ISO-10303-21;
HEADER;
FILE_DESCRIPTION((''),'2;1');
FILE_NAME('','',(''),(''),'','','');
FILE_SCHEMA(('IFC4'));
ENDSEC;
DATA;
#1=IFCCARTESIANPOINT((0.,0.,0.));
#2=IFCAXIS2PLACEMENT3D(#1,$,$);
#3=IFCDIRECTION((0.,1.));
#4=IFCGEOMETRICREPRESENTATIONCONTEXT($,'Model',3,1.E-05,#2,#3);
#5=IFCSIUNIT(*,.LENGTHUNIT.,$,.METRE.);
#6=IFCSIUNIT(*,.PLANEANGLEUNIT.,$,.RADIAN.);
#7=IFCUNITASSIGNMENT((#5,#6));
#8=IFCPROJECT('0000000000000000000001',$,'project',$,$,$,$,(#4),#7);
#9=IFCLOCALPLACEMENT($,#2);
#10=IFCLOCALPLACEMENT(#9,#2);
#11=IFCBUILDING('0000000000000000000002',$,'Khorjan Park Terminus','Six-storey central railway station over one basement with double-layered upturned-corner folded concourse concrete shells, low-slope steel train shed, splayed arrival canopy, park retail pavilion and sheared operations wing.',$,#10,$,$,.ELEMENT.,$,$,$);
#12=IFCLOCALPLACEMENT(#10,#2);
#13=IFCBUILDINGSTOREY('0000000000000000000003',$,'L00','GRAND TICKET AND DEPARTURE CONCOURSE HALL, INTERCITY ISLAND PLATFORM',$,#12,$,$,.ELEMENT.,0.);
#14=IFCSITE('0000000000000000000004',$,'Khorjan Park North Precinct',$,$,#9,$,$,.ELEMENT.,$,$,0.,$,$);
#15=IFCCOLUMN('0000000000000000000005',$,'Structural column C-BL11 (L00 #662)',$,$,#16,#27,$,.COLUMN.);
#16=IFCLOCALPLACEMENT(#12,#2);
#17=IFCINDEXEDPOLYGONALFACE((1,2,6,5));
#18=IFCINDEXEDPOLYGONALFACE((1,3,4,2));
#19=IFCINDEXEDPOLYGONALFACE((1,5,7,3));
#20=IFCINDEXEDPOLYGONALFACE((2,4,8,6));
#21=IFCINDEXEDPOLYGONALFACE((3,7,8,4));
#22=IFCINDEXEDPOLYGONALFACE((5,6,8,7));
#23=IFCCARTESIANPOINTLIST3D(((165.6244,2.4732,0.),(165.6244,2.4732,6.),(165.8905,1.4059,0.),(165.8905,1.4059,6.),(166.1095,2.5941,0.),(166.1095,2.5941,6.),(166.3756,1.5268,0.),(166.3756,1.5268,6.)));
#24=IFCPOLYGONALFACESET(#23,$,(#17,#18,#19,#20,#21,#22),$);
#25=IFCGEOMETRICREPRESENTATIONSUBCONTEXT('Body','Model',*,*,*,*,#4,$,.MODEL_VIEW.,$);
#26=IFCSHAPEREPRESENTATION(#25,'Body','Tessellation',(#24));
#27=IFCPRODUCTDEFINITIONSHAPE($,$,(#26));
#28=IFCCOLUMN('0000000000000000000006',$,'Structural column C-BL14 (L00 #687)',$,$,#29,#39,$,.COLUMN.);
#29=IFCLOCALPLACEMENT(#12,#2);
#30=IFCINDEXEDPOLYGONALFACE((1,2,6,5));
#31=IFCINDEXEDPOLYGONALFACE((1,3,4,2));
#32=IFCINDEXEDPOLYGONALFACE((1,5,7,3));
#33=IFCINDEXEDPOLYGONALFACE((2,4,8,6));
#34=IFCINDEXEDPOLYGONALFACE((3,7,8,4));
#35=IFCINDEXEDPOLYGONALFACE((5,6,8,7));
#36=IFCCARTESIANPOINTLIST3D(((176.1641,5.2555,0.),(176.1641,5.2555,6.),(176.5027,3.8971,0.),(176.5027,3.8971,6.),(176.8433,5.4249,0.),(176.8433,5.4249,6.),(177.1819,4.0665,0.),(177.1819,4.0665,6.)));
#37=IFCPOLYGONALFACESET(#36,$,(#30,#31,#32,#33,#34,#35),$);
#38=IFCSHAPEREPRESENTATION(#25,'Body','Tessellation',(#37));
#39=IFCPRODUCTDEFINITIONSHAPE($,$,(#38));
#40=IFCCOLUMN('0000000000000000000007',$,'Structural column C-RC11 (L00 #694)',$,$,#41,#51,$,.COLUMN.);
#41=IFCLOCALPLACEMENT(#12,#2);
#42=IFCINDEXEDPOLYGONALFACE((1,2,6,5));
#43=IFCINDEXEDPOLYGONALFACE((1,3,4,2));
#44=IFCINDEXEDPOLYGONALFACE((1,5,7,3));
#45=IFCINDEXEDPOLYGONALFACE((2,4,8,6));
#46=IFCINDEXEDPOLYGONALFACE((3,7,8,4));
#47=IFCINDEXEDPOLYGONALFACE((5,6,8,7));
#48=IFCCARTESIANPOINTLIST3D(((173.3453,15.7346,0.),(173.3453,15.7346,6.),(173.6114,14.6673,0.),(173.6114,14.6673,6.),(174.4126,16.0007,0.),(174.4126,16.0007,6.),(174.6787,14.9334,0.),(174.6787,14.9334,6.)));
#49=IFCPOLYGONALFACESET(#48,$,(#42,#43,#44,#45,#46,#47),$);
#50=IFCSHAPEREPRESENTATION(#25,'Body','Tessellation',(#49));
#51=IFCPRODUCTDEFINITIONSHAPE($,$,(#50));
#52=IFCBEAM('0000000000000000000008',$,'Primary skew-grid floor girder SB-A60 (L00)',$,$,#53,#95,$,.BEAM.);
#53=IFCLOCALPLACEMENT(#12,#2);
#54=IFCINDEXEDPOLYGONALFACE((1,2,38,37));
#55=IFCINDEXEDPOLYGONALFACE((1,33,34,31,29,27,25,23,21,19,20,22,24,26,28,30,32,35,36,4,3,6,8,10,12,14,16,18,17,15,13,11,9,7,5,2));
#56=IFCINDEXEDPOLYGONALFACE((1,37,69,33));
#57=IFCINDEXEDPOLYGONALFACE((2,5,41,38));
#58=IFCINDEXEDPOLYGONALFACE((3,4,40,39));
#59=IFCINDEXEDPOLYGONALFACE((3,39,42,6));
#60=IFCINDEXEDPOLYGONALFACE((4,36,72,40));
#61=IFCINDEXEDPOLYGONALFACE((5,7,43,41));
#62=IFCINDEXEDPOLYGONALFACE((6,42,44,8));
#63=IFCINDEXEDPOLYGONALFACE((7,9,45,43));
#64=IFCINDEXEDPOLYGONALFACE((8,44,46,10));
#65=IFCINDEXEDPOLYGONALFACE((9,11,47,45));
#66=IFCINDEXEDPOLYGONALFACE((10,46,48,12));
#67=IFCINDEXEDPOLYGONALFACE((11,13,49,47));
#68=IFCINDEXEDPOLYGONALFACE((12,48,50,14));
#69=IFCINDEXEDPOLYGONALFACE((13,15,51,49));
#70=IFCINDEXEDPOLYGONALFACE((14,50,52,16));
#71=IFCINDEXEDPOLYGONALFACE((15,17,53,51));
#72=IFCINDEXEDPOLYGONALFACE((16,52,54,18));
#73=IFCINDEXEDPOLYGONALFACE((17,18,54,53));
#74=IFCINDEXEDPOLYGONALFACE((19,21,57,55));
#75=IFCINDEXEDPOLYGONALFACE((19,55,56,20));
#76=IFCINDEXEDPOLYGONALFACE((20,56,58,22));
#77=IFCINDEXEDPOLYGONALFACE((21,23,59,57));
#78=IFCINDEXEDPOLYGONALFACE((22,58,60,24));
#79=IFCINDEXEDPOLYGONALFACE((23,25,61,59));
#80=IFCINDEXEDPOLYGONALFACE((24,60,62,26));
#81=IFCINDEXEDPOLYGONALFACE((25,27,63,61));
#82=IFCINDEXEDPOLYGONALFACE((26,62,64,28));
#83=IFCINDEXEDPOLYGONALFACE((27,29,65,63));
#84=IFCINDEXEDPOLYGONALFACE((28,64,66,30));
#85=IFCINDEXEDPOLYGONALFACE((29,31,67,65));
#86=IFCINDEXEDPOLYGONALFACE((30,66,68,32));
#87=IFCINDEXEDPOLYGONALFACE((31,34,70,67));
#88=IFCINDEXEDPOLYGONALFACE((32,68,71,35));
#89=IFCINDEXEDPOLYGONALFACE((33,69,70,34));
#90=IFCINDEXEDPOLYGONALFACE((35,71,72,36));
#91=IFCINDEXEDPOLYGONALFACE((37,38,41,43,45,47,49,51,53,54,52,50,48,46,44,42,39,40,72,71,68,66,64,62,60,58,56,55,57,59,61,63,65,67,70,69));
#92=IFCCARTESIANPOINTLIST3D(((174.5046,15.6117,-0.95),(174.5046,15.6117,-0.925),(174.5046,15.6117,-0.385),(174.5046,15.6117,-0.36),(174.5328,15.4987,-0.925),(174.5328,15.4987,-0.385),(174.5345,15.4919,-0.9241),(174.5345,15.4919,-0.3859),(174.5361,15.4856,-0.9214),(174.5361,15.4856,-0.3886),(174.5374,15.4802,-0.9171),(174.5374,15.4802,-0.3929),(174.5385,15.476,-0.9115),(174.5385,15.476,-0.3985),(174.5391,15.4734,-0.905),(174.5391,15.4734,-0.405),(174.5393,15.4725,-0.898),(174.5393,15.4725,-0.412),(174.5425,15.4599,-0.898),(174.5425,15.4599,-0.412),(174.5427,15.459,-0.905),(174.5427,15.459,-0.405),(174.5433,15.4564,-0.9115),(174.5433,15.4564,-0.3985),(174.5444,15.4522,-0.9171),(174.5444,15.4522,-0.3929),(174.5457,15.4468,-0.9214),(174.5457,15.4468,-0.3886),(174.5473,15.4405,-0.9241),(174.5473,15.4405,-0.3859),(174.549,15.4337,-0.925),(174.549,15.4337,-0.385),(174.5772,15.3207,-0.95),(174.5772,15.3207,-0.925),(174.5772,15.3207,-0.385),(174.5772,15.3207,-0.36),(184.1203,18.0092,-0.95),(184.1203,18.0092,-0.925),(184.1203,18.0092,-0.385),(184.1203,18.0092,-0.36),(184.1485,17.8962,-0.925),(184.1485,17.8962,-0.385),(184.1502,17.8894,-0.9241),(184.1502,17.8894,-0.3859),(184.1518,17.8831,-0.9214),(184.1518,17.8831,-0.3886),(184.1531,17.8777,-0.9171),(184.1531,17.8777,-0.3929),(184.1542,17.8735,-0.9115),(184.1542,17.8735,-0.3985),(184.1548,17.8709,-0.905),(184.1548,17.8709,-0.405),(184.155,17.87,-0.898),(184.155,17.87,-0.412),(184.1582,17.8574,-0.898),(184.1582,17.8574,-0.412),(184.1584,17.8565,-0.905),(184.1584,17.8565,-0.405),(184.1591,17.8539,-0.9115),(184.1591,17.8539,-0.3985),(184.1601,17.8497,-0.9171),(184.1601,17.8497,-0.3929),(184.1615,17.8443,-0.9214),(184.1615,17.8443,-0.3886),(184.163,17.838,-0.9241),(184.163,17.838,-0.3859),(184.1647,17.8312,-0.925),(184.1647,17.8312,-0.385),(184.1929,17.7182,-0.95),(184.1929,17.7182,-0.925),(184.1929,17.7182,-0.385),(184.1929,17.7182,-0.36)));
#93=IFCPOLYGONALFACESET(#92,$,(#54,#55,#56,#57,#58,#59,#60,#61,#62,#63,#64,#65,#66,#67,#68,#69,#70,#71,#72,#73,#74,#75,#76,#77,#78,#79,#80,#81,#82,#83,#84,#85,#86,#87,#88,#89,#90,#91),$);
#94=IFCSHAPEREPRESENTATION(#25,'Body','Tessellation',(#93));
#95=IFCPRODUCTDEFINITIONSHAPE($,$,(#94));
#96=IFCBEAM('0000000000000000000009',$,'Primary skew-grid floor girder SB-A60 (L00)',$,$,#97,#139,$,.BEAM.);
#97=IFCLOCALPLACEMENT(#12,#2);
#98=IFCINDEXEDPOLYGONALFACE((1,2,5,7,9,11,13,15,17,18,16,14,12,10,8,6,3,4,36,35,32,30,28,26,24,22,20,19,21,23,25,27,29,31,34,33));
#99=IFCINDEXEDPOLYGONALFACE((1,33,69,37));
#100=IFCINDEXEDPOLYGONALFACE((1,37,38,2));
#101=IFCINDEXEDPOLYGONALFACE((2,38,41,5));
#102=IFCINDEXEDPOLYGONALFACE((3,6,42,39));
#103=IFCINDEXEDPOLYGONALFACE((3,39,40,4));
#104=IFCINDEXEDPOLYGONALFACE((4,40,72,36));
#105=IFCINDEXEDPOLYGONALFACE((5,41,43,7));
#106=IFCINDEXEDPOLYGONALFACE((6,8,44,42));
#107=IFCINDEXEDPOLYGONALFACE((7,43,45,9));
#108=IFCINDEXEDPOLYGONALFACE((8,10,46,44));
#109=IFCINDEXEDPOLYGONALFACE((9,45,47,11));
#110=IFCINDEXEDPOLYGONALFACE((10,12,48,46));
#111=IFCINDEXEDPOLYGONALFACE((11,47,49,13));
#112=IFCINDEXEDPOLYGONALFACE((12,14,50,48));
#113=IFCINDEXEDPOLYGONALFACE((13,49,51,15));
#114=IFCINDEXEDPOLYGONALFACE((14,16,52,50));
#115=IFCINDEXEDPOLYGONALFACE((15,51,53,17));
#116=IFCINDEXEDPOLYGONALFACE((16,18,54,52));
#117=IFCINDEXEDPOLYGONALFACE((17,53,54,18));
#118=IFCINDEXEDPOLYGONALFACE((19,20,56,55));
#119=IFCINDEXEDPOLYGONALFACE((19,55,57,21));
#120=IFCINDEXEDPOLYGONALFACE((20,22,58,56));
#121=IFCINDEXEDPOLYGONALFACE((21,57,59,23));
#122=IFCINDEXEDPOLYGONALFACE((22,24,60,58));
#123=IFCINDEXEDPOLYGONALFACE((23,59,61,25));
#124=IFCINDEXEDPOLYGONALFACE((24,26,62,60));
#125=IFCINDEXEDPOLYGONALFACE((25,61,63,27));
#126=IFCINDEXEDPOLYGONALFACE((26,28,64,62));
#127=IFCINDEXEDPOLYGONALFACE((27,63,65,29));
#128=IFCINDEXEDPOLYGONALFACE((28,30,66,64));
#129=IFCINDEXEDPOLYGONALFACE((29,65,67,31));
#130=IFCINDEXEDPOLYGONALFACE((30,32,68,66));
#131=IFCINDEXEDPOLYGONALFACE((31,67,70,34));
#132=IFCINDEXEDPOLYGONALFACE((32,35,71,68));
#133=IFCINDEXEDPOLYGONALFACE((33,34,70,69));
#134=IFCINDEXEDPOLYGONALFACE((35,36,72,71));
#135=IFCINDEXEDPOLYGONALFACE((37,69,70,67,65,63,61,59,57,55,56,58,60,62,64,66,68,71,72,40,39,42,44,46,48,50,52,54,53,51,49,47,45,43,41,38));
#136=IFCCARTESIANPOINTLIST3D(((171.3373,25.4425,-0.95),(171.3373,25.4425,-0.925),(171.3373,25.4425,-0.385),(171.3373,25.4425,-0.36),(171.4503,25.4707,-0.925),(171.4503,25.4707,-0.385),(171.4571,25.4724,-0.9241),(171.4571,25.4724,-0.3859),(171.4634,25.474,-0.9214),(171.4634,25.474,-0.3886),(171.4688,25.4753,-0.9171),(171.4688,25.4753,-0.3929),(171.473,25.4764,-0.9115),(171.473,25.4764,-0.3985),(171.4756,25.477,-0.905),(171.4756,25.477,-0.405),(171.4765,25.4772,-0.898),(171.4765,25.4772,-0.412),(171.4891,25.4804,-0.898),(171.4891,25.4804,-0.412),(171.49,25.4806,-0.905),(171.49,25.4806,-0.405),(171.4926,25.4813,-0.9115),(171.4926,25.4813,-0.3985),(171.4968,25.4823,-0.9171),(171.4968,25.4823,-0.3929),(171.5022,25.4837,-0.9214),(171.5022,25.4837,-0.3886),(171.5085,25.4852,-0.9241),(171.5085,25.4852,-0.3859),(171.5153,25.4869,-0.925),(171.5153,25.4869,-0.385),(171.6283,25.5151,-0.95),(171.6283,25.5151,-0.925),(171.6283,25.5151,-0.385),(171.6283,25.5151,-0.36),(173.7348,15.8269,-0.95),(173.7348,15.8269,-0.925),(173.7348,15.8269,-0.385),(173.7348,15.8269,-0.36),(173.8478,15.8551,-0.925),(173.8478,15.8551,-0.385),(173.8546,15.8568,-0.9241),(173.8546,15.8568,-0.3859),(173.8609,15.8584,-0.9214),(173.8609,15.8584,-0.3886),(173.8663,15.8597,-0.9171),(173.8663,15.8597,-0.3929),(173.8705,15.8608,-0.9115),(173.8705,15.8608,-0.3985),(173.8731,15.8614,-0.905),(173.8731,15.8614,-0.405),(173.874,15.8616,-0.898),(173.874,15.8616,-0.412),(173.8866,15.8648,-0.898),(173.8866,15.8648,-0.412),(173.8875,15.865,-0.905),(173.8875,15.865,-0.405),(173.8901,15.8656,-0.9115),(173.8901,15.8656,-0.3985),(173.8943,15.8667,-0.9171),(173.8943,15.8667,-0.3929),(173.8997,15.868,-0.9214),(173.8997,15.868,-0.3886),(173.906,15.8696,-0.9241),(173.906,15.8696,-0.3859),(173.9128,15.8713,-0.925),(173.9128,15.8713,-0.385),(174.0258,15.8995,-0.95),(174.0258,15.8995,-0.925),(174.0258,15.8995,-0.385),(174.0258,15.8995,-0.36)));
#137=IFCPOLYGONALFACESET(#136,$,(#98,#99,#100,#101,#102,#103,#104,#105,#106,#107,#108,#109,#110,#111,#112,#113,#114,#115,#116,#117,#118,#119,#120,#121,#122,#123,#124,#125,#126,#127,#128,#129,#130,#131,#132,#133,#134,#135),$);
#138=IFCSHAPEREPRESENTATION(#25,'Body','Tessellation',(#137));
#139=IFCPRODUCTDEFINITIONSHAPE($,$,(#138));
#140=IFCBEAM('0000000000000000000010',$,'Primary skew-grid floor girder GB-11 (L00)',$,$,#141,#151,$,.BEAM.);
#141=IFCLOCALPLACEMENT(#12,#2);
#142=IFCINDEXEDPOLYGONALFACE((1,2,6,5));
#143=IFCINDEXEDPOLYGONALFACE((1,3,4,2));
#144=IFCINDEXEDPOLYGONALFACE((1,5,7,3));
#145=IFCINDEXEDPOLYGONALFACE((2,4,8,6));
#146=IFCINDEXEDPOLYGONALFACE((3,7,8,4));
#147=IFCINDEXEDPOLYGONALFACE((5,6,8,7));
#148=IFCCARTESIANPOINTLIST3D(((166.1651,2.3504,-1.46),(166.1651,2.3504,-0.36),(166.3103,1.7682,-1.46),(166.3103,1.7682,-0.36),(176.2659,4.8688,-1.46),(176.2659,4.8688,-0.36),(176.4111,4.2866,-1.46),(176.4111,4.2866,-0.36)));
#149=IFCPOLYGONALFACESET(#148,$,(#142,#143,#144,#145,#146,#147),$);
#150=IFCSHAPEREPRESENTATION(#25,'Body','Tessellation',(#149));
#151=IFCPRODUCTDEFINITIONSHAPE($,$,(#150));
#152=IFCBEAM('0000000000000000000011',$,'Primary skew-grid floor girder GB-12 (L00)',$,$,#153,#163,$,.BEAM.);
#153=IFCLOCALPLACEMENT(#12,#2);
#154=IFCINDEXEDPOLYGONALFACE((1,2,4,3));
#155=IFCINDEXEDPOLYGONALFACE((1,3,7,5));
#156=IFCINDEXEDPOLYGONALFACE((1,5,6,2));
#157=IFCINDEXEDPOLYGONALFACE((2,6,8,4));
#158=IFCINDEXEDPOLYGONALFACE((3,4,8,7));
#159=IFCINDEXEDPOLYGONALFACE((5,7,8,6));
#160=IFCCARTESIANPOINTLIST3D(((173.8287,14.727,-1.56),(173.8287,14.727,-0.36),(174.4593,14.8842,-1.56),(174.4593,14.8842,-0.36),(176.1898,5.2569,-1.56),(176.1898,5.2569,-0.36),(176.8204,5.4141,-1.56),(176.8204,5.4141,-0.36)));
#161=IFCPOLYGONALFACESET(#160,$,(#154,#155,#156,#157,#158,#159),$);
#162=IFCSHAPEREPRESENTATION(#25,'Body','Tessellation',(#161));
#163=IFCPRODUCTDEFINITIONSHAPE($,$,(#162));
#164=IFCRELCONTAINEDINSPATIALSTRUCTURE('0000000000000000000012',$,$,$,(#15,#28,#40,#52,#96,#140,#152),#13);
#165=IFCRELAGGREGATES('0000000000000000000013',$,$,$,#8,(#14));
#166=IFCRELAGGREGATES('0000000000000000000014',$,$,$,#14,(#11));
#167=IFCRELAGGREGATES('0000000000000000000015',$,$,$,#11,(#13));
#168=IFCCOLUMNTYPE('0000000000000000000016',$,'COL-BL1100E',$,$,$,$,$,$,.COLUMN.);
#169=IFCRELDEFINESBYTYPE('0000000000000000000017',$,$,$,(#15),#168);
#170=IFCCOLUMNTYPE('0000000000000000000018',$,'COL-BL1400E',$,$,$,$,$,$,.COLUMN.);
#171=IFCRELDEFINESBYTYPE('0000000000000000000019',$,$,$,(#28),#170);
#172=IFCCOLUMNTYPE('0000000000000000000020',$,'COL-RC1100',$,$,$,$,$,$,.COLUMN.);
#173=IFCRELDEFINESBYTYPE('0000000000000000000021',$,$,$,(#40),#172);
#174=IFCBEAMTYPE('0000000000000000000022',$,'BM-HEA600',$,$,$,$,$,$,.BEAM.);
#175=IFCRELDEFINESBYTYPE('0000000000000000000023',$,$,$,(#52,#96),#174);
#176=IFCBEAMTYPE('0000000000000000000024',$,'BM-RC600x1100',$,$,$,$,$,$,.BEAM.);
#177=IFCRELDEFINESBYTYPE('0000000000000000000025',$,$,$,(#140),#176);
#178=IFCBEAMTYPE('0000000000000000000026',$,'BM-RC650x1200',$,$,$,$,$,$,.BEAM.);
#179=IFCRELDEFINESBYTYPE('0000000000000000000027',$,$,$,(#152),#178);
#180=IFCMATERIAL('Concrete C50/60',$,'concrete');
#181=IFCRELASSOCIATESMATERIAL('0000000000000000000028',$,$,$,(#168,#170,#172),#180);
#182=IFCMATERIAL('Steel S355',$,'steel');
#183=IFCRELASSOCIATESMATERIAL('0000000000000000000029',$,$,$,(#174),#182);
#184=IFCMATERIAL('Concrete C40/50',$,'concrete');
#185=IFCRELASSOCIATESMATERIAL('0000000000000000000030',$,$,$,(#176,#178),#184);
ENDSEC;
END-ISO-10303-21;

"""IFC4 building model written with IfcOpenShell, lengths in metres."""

from ifc_helpers import new_model, si_unit, direction, frame, origin, origin_2d, place, context, subcontext, project, spatial, rectangle, i_section, extrude, material, material_profile, profile_set, type_object, element, save


model = new_model("IFC4")

# Units and contexts
model_context = context("Model", 3, precision=1e-05, world=origin(), true_north=direction((0.0, 1.0)))
body_context = subcontext(model_context, "Body", "Model", "MODEL_VIEW")
ifc_project = project(units=[si_unit("LENGTHUNIT", "METRE"), si_unit("PLANEANGLEUNIT", "RADIAN")], contexts=[model_context])

# Site, building, storey
site_placement = place(None, origin())
site = spatial("IfcSite", under=ifc_project, at=site_placement, Name="Khorjan Park North Precinct", CompositionType="ELEMENT", RefElevation=0.0)
building_placement = place(site_placement, origin())
building = spatial("IfcBuilding", under=site, at=building_placement, Name="Khorjan Park Terminus", Description="Six-storey central railway station over one basement with double-layered upturned-corner folded concourse concrete shells, low-slope steel train shed, splayed arrival canopy, park retail pavilion and sheared operations wing.", CompositionType="ELEMENT")
storey_placement = place(building_placement, origin())
storey = spatial("IfcBuildingStorey", under=building, at=storey_placement, Name="L00", Description="GRAND TICKET AND DEPARTURE CONCOURSE HALL, INTERCITY ISLAND PLATFORM", CompositionType="ELEMENT", Elevation=0.0)

# Columns
ifc_material_1 = material(Name="Concrete C50/60", Category="concrete")
ifc_material_profile_1 = material_profile(ifc_material_1, rectangle(XDim=0.5, YDim=1.1, at=origin_2d()), Name="RC 500x1100")
ifc_profile_set_1 = profile_set([ifc_material_profile_1], Name="Concrete C50/60")
column_type_1 = type_object("IfcColumnType", Name="COL-BL1100E", PredefinedType="COLUMN", material=ifc_profile_set_1)
column_1_placement = place(storey_placement, frame((166.0, 2.0, 0.0), z_axis=(0.0, 0.0, 1.0), x_axis=(0.970296, 0.241922, 0.0)))
element("IfcColumn", 1, at=column_1_placement, inside=storey, type_object=column_type_1, Name="Structural column C-BL11 (L00 #662)", PredefinedType="COLUMN", context=body_context, shape_type="SweptSolid", body=[
    extrude(rectangle(XDim=0.5, YDim=1.1, at=origin_2d()), origin(), (0.0, 0.0, 1.0), 6.0),
])
ifc_material_profile_2 = material_profile(ifc_material_1, rectangle(XDim=0.7, YDim=1.4, at=origin_2d()), Name="RC 700x1400")
ifc_profile_set_2 = profile_set([ifc_material_profile_2], Name="Concrete C50/60")
column_type_2 = type_object("IfcColumnType", Name="COL-BL1400E", PredefinedType="COLUMN", material=ifc_profile_set_2)
column_2_placement = place(storey_placement, frame((176.673, 4.661, 0.0), z_axis=(0.0, 0.0, 1.0), x_axis=(0.970296, 0.241922, 0.0)))
element("IfcColumn", 2, at=column_2_placement, inside=storey, type_object=column_type_2, Name="Structural column C-BL14 (L00 #687)", PredefinedType="COLUMN", context=body_context, shape_type="SweptSolid", body=[
    extrude(rectangle(XDim=0.7, YDim=1.4, at=origin_2d()), origin(), (0.0, 0.0, 1.0), 6.0),
])
ifc_material_profile_3 = material_profile(ifc_material_1, rectangle(XDim=1.1, YDim=1.1, at=origin_2d()), Name="RC 1100x1100")
ifc_profile_set_3 = profile_set([ifc_material_profile_3], Name="Concrete C50/60")
column_type_3 = type_object("IfcColumnType", Name="COL-RC1100", PredefinedType="COLUMN", material=ifc_profile_set_3)
column_3_placement = place(storey_placement, frame((174.012, 15.334, 0.0), z_axis=(0.0, 0.0, 1.0), x_axis=(0.970296, 0.241922, 0.0)))
element("IfcColumn", 3, at=column_3_placement, inside=storey, type_object=column_type_3, Name="Structural column C-RC11 (L00 #694)", PredefinedType="COLUMN", context=body_context, shape_type="SweptSolid", body=[
    extrude(rectangle(XDim=1.1, YDim=1.1, at=origin_2d()), origin(), (0.0, 0.0, 1.0), 6.0),
])

# Beams
ifc_material_2 = material(Name="Steel S355", Category="steel")
ifc_material_profile_4 = material_profile(ifc_material_2, i_section(OverallWidth=0.3, OverallDepth=0.59, WebThickness=0.013, FlangeThickness=0.025, FilletRadius=0.027, at=origin_2d()), Name="HEA 600")
ifc_profile_set_4 = profile_set([ifc_material_profile_4], Name="Steel S355")
beam_type_1 = type_object("IfcBeamType", Name="BM-HEA600", PredefinedType="BEAM", material=ifc_profile_set_4)
beam_1_placement = place(storey_placement, frame((174.5409, 15.4662, -0.655), z_axis=(0.970295, 0.241925, 0.0), x_axis=(-0.241925, 0.970295, 0.0)))
element("IfcBeam", 4, at=beam_1_placement, inside=storey, type_object=beam_type_1, Name="Primary skew-grid floor girder SB-A60 (L00)", PredefinedType="BEAM", context=body_context, shape_type="SweptSolid", body=[
    extrude(i_section(OverallWidth=0.3, OverallDepth=0.59, WebThickness=0.013, FlangeThickness=0.025, FilletRadius=0.027, at=origin_2d()), origin(), (0.0, 0.0, 1.0), 9.9101),
])
beam_2_placement = place(storey_placement, frame((173.8803, 15.8632, -0.655), z_axis=(-0.241928, 0.970294, 0.0), x_axis=(-0.970294, -0.241928, 0.0)))
element("IfcBeam", 5, at=beam_2_placement, inside=storey, type_object=beam_type_1, Name="Primary skew-grid floor girder SB-A60 (L00)", PredefinedType="BEAM", context=body_context, shape_type="SweptSolid", body=[
    extrude(i_section(OverallWidth=0.3, OverallDepth=0.59, WebThickness=0.013, FlangeThickness=0.025, FilletRadius=0.027, at=origin_2d()), origin(), (0.0, 0.0, 1.0), 9.91),
])
ifc_material_3 = material(Name="Concrete C40/50", Category="concrete")
ifc_material_profile_5 = material_profile(ifc_material_3, rectangle(XDim=0.6, YDim=1.1, at=origin_2d()), Name="RC 600x1100")
ifc_profile_set_5 = profile_set([ifc_material_profile_5], Name="Concrete C40/50")
beam_type_2 = type_object("IfcBeamType", Name="BM-RC600x1100", PredefinedType="BEAM", material=ifc_profile_set_5)
beam_3_placement = place(storey_placement, frame((166.2377, 2.0593, -0.91), z_axis=(0.970296, 0.241921, 0.0), x_axis=(-0.241921, 0.970296, 0.0)))
element("IfcBeam", 6, at=beam_3_placement, inside=storey, type_object=beam_type_2, Name="Primary skew-grid floor girder GB-11 (L00)", PredefinedType="BEAM", context=body_context, shape_type="SweptSolid", body=[
    extrude(rectangle(XDim=0.6, YDim=1.1, at=origin_2d()), origin(), (0.0, 0.0, 1.0), 10.41),
])
ifc_material_profile_6 = material_profile(ifc_material_3, rectangle(XDim=0.65, YDim=1.2, at=origin_2d()), Name="RC 650x1200")
ifc_profile_set_6 = profile_set([ifc_material_profile_6], Name="Concrete C40/50")
beam_type_3 = type_object("IfcBeamType", Name="BM-RC650x1200", PredefinedType="BEAM", material=ifc_profile_set_6)
beam_4_placement = place(storey_placement, frame((176.5051, 5.3355, -0.96), z_axis=(-0.241916, 0.970297, 0.0), x_axis=(-0.970297, -0.241916, 0.0)))
element("IfcBeam", 7, at=beam_4_placement, inside=storey, type_object=beam_type_3, Name="Primary skew-grid floor girder GB-12 (L00)", PredefinedType="BEAM", context=body_context, shape_type="SweptSolid", body=[
    extrude(rectangle(XDim=0.65, YDim=1.2, at=origin_2d()), origin(), (0.0, 0.0, 1.0), 9.76),
])

save(model, "model.ifc")
